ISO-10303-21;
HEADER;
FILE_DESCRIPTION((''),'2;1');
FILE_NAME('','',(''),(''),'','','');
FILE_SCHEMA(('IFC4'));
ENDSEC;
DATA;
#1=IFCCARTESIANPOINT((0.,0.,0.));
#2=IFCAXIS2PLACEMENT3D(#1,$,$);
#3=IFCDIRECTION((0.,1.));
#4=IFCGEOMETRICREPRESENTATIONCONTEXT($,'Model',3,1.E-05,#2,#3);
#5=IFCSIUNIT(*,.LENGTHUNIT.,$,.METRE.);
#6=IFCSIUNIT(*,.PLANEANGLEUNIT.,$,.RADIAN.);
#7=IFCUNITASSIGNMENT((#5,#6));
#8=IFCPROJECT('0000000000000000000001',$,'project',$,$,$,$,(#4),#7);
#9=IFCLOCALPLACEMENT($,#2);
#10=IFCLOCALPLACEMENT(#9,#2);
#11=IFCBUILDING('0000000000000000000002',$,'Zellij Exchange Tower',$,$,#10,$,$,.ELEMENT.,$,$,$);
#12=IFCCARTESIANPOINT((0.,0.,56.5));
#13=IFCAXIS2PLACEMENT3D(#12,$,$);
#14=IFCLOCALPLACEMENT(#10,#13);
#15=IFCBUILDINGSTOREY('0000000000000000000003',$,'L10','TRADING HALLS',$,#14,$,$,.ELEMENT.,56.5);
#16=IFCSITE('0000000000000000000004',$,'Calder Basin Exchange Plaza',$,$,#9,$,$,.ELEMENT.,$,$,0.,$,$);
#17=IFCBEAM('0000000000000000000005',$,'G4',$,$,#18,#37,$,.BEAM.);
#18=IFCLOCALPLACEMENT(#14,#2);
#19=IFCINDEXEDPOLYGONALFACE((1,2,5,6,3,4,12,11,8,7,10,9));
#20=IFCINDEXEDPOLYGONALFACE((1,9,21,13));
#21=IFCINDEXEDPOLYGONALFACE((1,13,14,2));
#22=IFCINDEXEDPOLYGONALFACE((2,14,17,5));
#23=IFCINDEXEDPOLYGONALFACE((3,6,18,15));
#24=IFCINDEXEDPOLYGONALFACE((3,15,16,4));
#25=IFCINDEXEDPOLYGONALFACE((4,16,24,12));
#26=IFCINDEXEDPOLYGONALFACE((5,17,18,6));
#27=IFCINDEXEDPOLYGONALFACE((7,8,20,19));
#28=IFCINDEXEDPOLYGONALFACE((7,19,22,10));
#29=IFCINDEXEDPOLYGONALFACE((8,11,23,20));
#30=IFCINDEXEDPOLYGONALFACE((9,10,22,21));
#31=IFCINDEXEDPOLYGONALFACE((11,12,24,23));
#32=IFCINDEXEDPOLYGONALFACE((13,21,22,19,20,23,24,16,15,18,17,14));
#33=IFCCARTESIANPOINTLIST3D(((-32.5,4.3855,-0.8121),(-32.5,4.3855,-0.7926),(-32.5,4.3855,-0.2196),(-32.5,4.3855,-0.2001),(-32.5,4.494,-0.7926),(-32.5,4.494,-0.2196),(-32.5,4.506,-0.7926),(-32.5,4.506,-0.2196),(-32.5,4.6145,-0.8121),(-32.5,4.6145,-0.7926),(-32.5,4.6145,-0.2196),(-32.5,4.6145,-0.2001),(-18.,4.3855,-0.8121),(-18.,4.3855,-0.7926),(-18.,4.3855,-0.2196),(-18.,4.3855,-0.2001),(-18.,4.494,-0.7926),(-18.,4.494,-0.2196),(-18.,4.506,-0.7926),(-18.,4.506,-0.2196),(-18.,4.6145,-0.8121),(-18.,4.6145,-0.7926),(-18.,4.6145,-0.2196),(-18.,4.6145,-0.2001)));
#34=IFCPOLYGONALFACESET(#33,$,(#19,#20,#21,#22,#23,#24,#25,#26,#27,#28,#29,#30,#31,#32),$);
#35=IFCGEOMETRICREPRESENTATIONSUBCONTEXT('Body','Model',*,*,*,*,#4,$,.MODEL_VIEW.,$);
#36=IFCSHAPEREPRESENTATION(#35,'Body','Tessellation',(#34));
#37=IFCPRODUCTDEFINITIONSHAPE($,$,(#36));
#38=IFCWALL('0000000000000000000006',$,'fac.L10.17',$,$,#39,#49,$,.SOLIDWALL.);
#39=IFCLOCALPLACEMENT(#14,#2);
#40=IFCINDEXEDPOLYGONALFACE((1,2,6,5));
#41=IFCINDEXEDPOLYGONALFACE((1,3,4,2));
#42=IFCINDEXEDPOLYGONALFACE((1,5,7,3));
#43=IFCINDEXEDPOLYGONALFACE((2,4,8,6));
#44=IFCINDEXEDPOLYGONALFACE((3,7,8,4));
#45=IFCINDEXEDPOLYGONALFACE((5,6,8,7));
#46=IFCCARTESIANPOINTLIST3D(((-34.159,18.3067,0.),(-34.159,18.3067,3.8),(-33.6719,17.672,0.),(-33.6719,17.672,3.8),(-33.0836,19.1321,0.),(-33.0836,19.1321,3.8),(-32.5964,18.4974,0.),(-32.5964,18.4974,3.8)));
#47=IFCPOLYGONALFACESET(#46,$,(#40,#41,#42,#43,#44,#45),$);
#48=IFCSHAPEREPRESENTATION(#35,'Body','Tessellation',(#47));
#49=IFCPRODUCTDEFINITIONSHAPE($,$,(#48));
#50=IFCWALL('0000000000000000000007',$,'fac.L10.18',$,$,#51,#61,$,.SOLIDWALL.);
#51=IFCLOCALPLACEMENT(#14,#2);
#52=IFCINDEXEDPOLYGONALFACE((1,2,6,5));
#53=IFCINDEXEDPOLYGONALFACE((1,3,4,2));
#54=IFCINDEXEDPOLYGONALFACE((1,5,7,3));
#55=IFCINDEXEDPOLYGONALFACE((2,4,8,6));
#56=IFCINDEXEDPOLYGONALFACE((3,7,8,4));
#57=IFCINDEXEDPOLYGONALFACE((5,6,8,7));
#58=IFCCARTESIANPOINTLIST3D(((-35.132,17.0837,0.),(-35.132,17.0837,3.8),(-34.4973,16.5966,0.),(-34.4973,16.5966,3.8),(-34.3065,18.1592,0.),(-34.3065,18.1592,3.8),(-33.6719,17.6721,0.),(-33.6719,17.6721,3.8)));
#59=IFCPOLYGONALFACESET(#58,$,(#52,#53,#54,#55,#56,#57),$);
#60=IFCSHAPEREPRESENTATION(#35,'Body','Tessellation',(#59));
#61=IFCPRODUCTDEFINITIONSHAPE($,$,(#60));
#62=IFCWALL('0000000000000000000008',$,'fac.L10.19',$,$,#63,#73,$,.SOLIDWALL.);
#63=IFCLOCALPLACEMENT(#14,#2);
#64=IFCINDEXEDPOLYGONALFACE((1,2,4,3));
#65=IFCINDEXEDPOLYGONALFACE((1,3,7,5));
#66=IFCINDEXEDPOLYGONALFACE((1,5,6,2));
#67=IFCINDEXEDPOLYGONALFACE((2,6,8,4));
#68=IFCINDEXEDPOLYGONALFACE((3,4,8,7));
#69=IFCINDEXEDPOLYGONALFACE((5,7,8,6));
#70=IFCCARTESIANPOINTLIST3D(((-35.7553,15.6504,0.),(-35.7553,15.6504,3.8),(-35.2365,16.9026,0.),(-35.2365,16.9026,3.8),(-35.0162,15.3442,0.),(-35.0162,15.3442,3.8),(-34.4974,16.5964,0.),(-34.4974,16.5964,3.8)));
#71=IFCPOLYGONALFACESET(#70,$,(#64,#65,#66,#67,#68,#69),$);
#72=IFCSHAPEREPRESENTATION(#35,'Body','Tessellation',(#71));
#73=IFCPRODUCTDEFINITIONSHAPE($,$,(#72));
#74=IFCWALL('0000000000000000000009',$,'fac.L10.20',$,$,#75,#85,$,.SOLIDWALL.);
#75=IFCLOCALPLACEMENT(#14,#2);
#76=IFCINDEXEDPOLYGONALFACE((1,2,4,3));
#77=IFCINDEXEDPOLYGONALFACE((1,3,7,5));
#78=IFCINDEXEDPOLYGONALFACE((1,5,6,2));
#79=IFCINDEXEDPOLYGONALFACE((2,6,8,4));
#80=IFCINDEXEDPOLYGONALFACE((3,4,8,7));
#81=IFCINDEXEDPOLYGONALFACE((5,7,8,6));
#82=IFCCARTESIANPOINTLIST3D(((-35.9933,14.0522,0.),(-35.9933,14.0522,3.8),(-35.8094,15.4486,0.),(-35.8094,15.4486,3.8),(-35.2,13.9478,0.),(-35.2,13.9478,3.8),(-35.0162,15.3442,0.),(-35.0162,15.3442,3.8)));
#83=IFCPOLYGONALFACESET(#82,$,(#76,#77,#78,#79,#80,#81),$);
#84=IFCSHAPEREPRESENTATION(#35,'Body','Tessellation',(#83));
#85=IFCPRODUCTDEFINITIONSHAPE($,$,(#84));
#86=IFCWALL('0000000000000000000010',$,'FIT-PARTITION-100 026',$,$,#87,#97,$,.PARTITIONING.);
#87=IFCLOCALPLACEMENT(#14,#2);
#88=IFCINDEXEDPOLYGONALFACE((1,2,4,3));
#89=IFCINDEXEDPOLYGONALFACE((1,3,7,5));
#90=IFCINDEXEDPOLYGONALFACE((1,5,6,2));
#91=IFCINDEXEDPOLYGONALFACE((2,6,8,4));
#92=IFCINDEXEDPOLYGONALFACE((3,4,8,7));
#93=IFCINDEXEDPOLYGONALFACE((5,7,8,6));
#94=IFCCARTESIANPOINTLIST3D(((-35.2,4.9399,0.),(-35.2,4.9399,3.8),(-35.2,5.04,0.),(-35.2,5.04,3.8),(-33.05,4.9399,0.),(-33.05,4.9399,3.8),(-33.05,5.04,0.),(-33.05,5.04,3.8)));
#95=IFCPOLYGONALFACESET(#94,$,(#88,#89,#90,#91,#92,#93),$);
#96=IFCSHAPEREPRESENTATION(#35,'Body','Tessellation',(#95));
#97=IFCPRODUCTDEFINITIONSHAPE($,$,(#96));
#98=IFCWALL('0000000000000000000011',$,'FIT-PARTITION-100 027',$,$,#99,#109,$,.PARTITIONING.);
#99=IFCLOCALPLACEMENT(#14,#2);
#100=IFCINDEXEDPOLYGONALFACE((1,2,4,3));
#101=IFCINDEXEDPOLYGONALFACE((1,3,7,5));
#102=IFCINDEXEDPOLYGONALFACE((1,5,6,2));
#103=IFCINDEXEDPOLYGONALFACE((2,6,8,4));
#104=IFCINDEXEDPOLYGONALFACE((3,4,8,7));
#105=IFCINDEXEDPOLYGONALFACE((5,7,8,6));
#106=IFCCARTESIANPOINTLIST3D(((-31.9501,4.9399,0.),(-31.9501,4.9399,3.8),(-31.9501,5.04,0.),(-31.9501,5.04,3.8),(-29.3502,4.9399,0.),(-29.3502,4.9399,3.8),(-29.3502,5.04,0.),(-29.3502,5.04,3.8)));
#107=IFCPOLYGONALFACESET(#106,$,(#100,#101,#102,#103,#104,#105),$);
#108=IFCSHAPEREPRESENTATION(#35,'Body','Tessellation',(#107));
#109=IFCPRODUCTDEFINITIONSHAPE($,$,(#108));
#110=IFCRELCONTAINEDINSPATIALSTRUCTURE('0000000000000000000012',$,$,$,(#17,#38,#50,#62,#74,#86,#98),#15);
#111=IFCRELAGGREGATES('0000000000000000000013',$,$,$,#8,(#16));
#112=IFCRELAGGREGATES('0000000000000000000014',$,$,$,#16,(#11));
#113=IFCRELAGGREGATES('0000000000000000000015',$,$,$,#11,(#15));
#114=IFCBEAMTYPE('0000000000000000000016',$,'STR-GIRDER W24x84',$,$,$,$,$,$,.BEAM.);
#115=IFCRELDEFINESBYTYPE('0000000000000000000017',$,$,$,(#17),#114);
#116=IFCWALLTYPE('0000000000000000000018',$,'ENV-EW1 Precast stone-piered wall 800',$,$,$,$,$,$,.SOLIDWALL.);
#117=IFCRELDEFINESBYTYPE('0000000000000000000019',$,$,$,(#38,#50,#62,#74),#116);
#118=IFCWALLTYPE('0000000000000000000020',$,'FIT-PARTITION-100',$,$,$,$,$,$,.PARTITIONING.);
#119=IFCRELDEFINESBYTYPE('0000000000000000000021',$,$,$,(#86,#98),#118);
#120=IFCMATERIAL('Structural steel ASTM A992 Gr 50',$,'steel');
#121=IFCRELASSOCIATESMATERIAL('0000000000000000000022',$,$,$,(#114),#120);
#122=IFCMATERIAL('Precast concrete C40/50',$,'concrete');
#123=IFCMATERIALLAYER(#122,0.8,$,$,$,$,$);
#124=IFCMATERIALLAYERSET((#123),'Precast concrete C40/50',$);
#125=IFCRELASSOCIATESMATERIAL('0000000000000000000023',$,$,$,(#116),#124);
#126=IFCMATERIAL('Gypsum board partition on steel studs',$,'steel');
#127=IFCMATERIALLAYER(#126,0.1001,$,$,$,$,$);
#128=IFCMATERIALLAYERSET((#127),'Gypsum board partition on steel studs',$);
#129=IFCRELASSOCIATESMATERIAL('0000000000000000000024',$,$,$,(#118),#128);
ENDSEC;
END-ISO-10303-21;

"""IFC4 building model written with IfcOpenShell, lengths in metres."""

from ifc_helpers import new_model, si_unit, direction, frame, frame_2d, origin, origin_2d, place, context, subcontext, project, spatial, rectangle, i_section, extrude, material, layer, layer_set, material_profile, profile_set, type_object, element, save


model = new_model("IFC4")

# Units and contexts
model_context = context("Model", 3, precision=1e-05, world=origin(), true_north=direction((0.0, 1.0)))
body_context = subcontext(model_context, "Body", "Model", "MODEL_VIEW")
ifc_project = project(units=[si_unit("LENGTHUNIT", "METRE"), si_unit("PLANEANGLEUNIT", "RADIAN")], contexts=[model_context])

# Site, building, storey
site_placement = place(None, origin())
site = spatial("IfcSite", under=ifc_project, at=site_placement, Name="Calder Basin Exchange Plaza", CompositionType="ELEMENT", RefElevation=0.0)
building_placement = place(site_placement, origin())
building = spatial("IfcBuilding", under=site, at=building_placement, Name="Zellij Exchange Tower", CompositionType="ELEMENT")
storey_placement = place(building_placement, frame((0.0, 0.0, 56.5)))
storey = spatial("IfcBuildingStorey", under=building, at=storey_placement, Name="L10", Description="TRADING HALLS", CompositionType="ELEMENT", Elevation=56.5)

# Beam
ifc_material_1 = material(Name="Structural steel ASTM A992 Gr 50", Category="steel")
ifc_material_profile = material_profile(ifc_material_1, i_section(OverallWidth=0.229, OverallDepth=0.6121, WebThickness=0.012, FlangeThickness=0.0195, at=origin_2d()), Name="W24x84")
ifc_profile_set = profile_set([ifc_material_profile], Name="Structural steel ASTM A992 Gr 50")
beam_type = type_object("IfcBeamType", Name="STR-GIRDER W24x84", PredefinedType="BEAM", material=ifc_profile_set)
beam_placement = place(storey_placement, frame((-32.5, 4.5, -0.5061), z_axis=(1.0, 0.0, 0.0), x_axis=(0.0, 1.0, 0.0)))
element("IfcBeam", 1, at=beam_placement, inside=storey, type_object=beam_type, Name="G4", PredefinedType="BEAM", context=body_context, shape_type="SweptSolid", body=[
    extrude(i_section(OverallWidth=0.229, OverallDepth=0.6121, WebThickness=0.012, FlangeThickness=0.0195, at=origin_2d()), origin(), (0.0, 0.0, 1.0), 14.5),
])

# Walls
ifc_material_2 = material(Name="Precast concrete C40/50", Category="concrete")
ifc_layer_1 = layer(ifc_material_2, 0.8)
ifc_layer_set_1 = layer_set([ifc_layer_1], Name="Precast concrete C40/50")
wall_type_1 = type_object("IfcWallType", Name="ENV-EW1 Precast stone-piered wall 800", PredefinedType="SOLIDWALL", material=ifc_layer_set_1)
for number, where, z_axis, x_axis, name in (
    (2, (-32.8401, 18.8147, 0.0), (0.0, 0.0, 1.0), (-0.793273, -0.608866, 0.0), "fac.L10.17"),
    (3, (-33.9893, 17.9155, 0.0), (0.0, 0.0, 1.0), (-0.608866, -0.793273, 0.0), "fac.L10.18"),
):
    element("IfcWall", number, at=place(storey_placement, frame(where, z_axis=z_axis, x_axis=x_axis)), inside=storey, type_object=wall_type_1, Name=name, PredefinedType="SOLIDWALL", context=body_context, shape_type="SweptSolid", body=[
        extrude(rectangle(XDim=1.3557, YDim=0.8, at=frame_2d((0.6777, 0.0))), origin(), (0.0, 0.0, 1.0), 3.8),
    ])
wall_1_placement = place(storey_placement, frame((-34.8669, 16.7495, 0.0), z_axis=(0.0, 0.0, 1.0), x_axis=(-0.38276, -0.923848, 0.0)))
element("IfcWall", 4, at=wall_1_placement, inside=storey, type_object=wall_type_1, Name="fac.L10.19", PredefinedType="SOLIDWALL", context=body_context, shape_type="SweptSolid", body=[
    extrude(rectangle(XDim=1.3555, YDim=0.8, at=frame_2d((0.6777, 0.0))), origin(), (0.0, 0.0, 1.0), 3.8),
])
wall_2_placement = place(storey_placement, frame((-35.4128, 15.3962, 0.0), z_axis=(0.0, 0.0, 1.0), x_axis=(-0.130517, -0.991446, 0.0)))
element("IfcWall", 5, at=wall_2_placement, inside=storey, type_object=wall_type_1, Name="fac.L10.20", PredefinedType="SOLIDWALL", context=body_context, shape_type="SweptSolid", body=[
    extrude(rectangle(XDim=1.4084, YDim=0.8, at=frame_2d((0.7041, 0.0))), origin(), (0.0, 0.0, 1.0), 3.8),
])

# Walls
ifc_material_3 = material(Name="Gypsum board partition on steel studs", Category="steel")
ifc_layer_2 = layer(ifc_material_3, 0.1001)
ifc_layer_set_2 = layer_set([ifc_layer_2], Name="Gypsum board partition on steel studs")
wall_type_2 = type_object("IfcWallType", Name="FIT-PARTITION-100", PredefinedType="PARTITIONING", material=ifc_layer_set_2)
wall_3_placement = place(storey_placement, frame((-35.2, 4.99, 0.0), z_axis=(0.0, 0.0, 1.0), x_axis=(1.0, 0.0, 0.0)))
element("IfcWall", 6, at=wall_3_placement, inside=storey, type_object=wall_type_2, Name="FIT-PARTITION-100 026", PredefinedType="PARTITIONING", context=body_context, shape_type="SweptSolid", body=[
    extrude(rectangle(XDim=2.1499, YDim=0.1001, at=frame_2d((1.075, 0.0))), origin(), (0.0, 0.0, 1.0), 3.8),
])
wall_4_placement = place(storey_placement, frame((-31.95, 4.99, 0.0), z_axis=(0.0, 0.0, 1.0), x_axis=(1.0, 0.0, 0.0)))
element("IfcWall", 7, at=wall_4_placement, inside=storey, type_object=wall_type_2, Name="FIT-PARTITION-100 027", PredefinedType="PARTITIONING", context=body_context, shape_type="SweptSolid", body=[
    extrude(rectangle(XDim=2.5999, YDim=0.1001, at=frame_2d((1.2998, 0.0))), origin(), (0.0, 0.0, 1.0), 3.8),
])

save(model, "model.ifc")
